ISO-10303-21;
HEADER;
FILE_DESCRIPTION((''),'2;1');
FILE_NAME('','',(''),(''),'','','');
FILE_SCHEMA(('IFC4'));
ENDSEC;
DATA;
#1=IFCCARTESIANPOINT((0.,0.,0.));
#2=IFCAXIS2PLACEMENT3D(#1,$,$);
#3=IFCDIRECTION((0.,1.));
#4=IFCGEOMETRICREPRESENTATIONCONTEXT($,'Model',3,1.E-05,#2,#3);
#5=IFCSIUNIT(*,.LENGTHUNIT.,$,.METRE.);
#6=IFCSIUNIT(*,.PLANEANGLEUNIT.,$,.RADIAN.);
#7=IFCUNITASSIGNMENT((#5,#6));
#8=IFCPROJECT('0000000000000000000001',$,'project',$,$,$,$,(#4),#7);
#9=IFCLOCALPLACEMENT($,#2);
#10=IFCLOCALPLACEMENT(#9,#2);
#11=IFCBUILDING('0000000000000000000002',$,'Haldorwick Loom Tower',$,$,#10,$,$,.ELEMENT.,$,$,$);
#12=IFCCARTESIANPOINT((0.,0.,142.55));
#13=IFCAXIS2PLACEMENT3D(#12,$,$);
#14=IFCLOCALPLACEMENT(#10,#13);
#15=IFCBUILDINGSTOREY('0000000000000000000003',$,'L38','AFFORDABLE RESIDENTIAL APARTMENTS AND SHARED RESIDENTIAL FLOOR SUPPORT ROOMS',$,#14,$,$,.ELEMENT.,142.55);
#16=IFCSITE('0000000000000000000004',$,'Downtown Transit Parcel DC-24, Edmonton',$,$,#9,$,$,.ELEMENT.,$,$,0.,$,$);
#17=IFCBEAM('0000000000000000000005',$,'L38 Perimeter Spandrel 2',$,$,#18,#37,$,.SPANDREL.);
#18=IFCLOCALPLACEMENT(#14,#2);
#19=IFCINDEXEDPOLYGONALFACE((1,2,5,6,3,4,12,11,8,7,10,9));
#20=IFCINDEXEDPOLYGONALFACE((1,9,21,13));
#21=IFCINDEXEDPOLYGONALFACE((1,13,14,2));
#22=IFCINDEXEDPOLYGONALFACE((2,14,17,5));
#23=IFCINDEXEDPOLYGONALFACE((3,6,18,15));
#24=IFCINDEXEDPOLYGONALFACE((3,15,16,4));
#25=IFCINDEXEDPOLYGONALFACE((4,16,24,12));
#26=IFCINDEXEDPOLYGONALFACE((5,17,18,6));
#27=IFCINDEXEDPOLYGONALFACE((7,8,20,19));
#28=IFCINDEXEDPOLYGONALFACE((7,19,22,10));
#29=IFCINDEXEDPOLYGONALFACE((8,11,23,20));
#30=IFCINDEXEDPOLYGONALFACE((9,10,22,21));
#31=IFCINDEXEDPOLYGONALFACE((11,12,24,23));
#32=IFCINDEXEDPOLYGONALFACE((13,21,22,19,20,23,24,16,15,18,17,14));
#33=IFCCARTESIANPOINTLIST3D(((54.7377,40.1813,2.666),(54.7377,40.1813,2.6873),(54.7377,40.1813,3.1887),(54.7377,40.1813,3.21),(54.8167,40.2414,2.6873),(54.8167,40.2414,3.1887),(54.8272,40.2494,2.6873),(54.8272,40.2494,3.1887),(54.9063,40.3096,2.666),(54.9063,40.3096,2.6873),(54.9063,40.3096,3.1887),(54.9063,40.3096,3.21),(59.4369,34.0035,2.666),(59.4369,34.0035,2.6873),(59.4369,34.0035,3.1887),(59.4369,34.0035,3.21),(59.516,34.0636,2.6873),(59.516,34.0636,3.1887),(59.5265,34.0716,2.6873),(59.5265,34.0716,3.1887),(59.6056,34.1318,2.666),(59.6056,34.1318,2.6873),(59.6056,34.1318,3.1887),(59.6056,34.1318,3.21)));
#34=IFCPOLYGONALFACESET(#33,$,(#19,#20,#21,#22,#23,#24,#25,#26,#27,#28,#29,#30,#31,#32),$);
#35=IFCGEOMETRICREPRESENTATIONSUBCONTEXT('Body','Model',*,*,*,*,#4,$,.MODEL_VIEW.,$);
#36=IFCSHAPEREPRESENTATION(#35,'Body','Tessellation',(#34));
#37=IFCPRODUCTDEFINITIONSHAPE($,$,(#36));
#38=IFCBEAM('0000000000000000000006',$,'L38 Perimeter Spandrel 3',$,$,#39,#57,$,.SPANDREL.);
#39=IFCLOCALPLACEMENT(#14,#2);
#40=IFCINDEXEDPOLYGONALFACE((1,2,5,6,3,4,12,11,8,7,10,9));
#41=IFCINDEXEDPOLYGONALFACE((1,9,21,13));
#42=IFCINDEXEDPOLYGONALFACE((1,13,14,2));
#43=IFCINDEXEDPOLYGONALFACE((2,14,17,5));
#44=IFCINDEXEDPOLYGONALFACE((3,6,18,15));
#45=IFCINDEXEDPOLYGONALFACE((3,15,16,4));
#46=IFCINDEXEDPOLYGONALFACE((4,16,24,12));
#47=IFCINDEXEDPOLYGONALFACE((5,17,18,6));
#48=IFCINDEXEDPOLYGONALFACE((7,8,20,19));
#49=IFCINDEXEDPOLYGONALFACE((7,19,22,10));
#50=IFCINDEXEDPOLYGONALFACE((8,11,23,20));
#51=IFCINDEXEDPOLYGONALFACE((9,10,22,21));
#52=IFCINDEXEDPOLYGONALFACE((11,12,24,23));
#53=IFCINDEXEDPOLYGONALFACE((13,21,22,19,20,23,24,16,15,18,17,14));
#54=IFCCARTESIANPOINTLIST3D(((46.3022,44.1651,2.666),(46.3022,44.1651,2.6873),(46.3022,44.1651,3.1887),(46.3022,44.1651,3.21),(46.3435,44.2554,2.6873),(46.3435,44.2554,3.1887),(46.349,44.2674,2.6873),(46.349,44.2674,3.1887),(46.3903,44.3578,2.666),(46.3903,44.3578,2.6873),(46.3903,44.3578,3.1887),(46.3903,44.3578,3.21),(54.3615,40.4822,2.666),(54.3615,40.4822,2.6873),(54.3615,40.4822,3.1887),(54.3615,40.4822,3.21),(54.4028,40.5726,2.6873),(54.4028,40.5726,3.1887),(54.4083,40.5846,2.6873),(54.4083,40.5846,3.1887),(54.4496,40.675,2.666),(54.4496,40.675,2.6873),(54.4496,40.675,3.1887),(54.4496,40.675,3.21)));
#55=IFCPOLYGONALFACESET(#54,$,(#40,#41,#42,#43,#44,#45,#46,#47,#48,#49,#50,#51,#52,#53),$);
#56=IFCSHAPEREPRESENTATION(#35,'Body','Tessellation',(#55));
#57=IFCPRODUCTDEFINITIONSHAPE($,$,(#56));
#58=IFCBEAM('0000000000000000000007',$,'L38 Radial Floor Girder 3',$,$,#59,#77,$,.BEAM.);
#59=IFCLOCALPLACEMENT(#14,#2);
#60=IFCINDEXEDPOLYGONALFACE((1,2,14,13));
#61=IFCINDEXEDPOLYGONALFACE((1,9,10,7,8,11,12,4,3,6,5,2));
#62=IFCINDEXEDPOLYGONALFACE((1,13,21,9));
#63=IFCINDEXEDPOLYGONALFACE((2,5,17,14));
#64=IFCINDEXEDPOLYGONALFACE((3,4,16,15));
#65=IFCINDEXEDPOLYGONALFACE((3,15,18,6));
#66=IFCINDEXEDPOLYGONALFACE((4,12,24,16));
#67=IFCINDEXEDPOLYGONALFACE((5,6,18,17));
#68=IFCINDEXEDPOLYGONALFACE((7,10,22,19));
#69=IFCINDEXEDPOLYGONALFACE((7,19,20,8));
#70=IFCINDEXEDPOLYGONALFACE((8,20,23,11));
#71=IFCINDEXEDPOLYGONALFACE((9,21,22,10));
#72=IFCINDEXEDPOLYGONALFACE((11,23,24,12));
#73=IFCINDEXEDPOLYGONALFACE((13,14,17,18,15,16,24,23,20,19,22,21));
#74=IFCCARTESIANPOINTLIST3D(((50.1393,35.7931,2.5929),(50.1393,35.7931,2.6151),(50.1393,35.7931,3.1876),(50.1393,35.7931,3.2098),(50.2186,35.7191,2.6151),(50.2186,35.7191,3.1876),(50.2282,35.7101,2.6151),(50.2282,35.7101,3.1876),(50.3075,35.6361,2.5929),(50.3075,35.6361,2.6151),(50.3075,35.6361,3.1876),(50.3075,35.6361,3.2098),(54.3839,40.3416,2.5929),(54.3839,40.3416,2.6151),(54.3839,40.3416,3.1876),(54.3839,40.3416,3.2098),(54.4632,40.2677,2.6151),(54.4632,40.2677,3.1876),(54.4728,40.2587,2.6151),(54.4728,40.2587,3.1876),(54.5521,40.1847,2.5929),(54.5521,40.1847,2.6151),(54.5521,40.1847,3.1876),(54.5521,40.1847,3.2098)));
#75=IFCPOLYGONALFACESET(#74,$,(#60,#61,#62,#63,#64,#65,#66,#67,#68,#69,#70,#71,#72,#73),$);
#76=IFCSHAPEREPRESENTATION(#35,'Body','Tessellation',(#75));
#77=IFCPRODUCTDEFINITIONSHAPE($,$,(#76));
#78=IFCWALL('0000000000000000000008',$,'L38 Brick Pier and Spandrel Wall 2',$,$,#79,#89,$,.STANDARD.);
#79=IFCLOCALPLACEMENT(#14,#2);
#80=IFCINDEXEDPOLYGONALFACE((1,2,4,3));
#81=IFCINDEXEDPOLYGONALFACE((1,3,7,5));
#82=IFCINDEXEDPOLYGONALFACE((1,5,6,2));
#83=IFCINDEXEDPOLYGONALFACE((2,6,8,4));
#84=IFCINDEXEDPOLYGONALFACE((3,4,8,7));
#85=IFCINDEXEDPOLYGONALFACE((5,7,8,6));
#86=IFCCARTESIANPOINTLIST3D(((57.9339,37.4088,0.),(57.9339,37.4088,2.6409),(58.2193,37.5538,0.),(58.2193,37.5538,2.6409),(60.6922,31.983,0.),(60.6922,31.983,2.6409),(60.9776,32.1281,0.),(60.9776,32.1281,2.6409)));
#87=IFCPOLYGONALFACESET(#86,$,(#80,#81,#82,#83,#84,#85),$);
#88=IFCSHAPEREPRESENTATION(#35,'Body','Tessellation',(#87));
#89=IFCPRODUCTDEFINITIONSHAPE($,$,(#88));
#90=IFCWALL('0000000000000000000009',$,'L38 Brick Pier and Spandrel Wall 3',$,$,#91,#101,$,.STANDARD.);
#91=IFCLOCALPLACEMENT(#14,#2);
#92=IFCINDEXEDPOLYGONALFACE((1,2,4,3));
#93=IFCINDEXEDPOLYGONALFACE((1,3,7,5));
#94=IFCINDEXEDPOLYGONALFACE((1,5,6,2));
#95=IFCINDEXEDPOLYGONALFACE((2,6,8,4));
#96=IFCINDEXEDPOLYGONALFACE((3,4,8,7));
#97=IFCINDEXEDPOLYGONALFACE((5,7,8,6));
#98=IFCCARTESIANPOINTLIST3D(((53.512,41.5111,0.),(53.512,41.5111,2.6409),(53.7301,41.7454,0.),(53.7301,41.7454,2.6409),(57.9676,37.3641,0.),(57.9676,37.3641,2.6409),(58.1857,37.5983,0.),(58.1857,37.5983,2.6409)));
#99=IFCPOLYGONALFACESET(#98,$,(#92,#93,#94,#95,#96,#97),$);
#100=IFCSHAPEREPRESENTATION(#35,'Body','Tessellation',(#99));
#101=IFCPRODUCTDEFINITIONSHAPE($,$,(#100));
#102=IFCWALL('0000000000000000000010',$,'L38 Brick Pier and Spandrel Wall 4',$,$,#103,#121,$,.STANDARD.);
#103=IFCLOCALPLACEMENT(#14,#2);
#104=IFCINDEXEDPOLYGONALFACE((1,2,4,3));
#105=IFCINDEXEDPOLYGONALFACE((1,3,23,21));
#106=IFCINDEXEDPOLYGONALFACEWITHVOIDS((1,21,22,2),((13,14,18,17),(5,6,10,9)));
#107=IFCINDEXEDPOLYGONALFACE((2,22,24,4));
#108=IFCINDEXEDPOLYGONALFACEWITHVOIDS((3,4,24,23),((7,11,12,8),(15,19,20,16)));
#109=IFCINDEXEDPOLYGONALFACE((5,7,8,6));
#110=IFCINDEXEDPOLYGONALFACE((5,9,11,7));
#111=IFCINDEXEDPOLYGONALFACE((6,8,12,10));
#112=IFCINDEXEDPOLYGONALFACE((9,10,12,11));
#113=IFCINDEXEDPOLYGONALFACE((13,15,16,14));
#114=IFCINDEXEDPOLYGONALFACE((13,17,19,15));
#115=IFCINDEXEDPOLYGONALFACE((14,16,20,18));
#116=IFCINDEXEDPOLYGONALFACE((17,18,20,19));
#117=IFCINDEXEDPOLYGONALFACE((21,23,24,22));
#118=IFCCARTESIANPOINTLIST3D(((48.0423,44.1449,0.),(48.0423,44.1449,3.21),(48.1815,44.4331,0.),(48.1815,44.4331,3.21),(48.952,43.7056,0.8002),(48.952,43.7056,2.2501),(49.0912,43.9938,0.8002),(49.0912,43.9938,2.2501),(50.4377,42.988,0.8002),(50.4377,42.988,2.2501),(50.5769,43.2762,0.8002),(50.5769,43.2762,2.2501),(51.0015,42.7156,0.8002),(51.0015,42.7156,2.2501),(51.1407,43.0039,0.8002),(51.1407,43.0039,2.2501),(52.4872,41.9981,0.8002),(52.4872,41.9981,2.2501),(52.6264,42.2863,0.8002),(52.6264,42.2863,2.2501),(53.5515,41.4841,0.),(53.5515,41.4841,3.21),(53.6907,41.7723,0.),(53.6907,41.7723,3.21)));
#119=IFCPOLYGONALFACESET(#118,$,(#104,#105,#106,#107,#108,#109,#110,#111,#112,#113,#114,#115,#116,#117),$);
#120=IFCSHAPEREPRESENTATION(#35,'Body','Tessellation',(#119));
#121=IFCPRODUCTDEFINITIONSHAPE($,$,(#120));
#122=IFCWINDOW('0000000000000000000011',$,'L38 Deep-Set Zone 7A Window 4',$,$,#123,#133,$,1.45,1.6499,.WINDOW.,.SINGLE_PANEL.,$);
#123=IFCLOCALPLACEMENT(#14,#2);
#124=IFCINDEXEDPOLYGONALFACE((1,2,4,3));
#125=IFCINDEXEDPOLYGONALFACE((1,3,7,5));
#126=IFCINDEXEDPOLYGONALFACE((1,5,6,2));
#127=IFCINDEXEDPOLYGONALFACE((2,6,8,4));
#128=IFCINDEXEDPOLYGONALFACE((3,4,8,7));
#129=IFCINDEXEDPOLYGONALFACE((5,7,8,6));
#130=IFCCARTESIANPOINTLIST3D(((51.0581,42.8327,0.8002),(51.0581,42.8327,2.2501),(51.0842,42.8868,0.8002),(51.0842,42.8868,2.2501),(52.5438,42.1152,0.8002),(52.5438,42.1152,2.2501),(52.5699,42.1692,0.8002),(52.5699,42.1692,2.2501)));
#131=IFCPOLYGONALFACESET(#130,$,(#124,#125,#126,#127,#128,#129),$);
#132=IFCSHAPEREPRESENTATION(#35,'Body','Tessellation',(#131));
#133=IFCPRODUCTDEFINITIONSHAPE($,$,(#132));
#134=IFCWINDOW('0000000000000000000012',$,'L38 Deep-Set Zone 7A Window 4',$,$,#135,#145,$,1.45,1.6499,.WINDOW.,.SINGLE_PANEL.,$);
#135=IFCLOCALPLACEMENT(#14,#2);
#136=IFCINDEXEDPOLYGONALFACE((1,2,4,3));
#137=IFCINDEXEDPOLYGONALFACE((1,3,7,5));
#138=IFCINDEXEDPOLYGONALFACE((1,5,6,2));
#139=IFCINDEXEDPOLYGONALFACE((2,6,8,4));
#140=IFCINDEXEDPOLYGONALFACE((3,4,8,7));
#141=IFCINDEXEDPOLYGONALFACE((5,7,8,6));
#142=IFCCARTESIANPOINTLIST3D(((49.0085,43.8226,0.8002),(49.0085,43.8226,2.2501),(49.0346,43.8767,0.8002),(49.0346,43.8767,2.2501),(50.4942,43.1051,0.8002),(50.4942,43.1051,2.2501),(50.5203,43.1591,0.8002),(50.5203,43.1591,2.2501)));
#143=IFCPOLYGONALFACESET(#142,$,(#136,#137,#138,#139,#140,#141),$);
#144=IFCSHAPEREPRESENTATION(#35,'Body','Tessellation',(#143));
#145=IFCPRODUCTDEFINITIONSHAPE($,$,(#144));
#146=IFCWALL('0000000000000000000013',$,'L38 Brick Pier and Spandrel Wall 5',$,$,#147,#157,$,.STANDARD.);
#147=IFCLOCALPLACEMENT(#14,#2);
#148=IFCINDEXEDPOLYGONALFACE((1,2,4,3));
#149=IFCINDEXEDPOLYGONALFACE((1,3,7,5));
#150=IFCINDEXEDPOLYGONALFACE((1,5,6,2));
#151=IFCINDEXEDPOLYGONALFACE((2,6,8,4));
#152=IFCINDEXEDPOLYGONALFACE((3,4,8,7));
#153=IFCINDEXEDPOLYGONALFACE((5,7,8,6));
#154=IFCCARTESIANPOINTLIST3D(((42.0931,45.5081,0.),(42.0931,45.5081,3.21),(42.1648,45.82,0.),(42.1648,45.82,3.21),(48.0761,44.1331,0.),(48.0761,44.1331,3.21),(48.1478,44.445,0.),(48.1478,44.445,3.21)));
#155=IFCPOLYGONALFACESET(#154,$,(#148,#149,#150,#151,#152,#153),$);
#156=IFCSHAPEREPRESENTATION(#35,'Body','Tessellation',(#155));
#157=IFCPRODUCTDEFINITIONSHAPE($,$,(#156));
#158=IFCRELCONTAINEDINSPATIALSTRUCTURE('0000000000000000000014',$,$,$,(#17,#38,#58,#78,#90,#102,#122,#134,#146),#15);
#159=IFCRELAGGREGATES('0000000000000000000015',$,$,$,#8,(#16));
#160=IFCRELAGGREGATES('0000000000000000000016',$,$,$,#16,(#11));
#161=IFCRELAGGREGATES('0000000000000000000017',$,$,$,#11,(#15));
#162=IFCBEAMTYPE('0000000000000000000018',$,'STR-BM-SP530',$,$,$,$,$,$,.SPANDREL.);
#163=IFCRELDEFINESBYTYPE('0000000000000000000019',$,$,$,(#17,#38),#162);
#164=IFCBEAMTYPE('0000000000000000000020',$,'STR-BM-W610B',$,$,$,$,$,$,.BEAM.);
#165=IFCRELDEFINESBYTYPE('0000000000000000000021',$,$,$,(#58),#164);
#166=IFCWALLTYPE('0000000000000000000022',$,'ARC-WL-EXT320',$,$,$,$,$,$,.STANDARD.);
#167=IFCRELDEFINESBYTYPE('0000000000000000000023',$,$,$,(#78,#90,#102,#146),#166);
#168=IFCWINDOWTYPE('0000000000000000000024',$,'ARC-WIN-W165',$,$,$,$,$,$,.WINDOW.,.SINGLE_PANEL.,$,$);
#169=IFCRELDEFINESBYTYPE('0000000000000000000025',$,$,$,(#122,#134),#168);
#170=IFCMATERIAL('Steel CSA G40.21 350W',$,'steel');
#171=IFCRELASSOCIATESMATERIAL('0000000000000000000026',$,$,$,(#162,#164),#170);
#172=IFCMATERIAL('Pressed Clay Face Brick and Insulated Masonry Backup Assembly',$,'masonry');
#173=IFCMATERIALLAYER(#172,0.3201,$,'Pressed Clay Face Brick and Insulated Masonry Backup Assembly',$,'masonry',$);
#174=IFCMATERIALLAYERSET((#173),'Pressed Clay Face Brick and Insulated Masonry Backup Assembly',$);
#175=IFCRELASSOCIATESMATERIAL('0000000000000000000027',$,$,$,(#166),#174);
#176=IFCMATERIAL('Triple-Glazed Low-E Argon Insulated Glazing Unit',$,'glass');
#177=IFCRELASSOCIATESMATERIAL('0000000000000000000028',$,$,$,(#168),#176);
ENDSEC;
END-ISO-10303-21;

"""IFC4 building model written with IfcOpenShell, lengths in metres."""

from ifc_helpers import new_model, si_unit, direction, frame, frame_2d, origin, origin_2d, place, context, subcontext, project, spatial, rectangle, i_section, extrude, material, layer, layer_set, material_profile, profile_set, type_object, element, fill, save


model = new_model("IFC4")

# Units and contexts
model_context = context("Model", 3, precision=1e-05, world=origin(), true_north=direction((0.0, 1.0)))
body_context = subcontext(model_context, "Body", "Model", "MODEL_VIEW")
ifc_project = project(units=[si_unit("LENGTHUNIT", "METRE"), si_unit("PLANEANGLEUNIT", "RADIAN")], contexts=[model_context])

# Site, building, storey
site_placement = place(None, origin())
site = spatial("IfcSite", under=ifc_project, at=site_placement, Name="Downtown Transit Parcel DC-24, Edmonton", CompositionType="ELEMENT", RefElevation=0.0)
building_placement = place(site_placement, origin())
building = spatial("IfcBuilding", under=site, at=building_placement, Name="Haldorwick Loom Tower", CompositionType="ELEMENT")
storey_placement = place(building_placement, frame((0.0, 0.0, 142.55)))
storey = spatial("IfcBuildingStorey", under=building, at=storey_placement, Name="L38", Description="AFFORDABLE RESIDENTIAL APARTMENTS AND SHARED RESIDENTIAL FLOOR SUPPORT ROOMS", CompositionType="ELEMENT", Elevation=142.55)

# Beams
ifc_material_1 = material(Name="Steel CSA G40.21 350W", Category="steel")
ifc_material_profile_1 = material_profile(ifc_material_1, i_section(OverallWidth=0.2119, OverallDepth=0.5439, WebThickness=0.0132, FlangeThickness=0.0212, at=origin_2d()), Name="W530X123", Category="steel")
ifc_profile_set_1 = profile_set([ifc_material_profile_1], Name="Steel CSA G40.21 350W")
beam_type_1 = type_object("IfcBeamType", Name="STR-BM-SP530", PredefinedType="SPANDREL", material=ifc_profile_set_1)
beam_1_placement = place(storey_placement, frame((59.5212, 34.0676, 2.938), z_axis=(-0.605421, 0.795905, 0.0), x_axis=(-0.795905, -0.605421, 0.0)))
element("IfcBeam", 1, at=beam_1_placement, inside=storey, type_object=beam_type_1, Name="L38 Perimeter Spandrel 2", PredefinedType="SPANDREL", context=body_context, shape_type="SweptSolid", body=[
    extrude(i_section(OverallWidth=0.2119, OverallDepth=0.5439, WebThickness=0.0132, FlangeThickness=0.0212, at=origin_2d()), origin(), (0.0, 0.0, 1.0), 7.762),
])
beam_2_placement = place(storey_placement, frame((54.4055, 40.5786, 2.938), z_axis=(-0.909534, 0.415629, 0.0), x_axis=(-0.415629, -0.909534, 0.0)))
element("IfcBeam", 2, at=beam_2_placement, inside=storey, type_object=beam_type_1, Name="L38 Perimeter Spandrel 3", PredefinedType="SPANDREL", context=body_context, shape_type="SweptSolid", body=[
    extrude(i_section(OverallWidth=0.2119, OverallDepth=0.5439, WebThickness=0.0132, FlangeThickness=0.0212, at=origin_2d()), origin(), (0.0, 0.0, 1.0), 8.8608),
])
ifc_material_profile_2 = material_profile(ifc_material_1, i_section(OverallWidth=0.23, OverallDepth=0.6169, WebThickness=0.0132, FlangeThickness=0.0222, at=origin_2d()), Name="W610X140", Category="steel")
ifc_profile_set_2 = profile_set([ifc_material_profile_2], Name="Steel CSA G40.21 350W")
beam_type_2 = type_object("IfcBeamType", Name="STR-BM-W610B", PredefinedType="BEAM", material=ifc_profile_set_2)
beam_3_placement = place(storey_placement, frame((50.2234, 35.7146, 2.9014), z_axis=(0.682257, 0.731113, 0.0), x_axis=(-0.731113, 0.682257, 0.0)))
element("IfcBeam", 3, at=beam_3_placement, inside=storey, type_object=beam_type_2, Name="L38 Radial Floor Girder 3", PredefinedType="BEAM", context=body_context, shape_type="SweptSolid", body=[
    extrude(i_section(OverallWidth=0.23, OverallDepth=0.6169, WebThickness=0.0132, FlangeThickness=0.0222, at=origin_2d()), origin(), (0.0, 0.0, 1.0), 6.2214),
])

# Walls
ifc_material_2 = material(Name="Pressed Clay Face Brick and Insulated Masonry Backup Assembly", Category="masonry")
ifc_layer_1 = layer(ifc_material_2, 0.3201, Name="Pressed Clay Face Brick and Insulated Masonry Backup Assembly", Category="masonry")
ifc_layer_set_1 = layer_set([ifc_layer_1], Name="Pressed Clay Face Brick and Insulated Masonry Backup Assembly")
wall_type_1 = type_object("IfcWallType", Name="ARC-WL-EXT320", PredefinedType="STANDARD", material=ifc_layer_set_1)
wall_1_placement = place(storey_placement, frame((60.835, 32.0554, 0.0), z_axis=(0.0, 0.0, 1.0), x_axis=(-0.453172, 0.891423, 0.0)))
element("IfcWall", 4, at=wall_1_placement, inside=storey, type_object=wall_type_1, Name="L38 Brick Pier and Spandrel Wall 2", PredefinedType="STANDARD", context=body_context, shape_type="SweptSolid", body=[
    extrude(rectangle(XDim=6.0867, YDim=0.3201, at=frame_2d((3.0435, 0.0))), origin(), (0.0, 0.0, 1.0), 2.6409),
])
wall_2_placement = place(storey_placement, frame((58.0767, 37.4812, 0.0), z_axis=(0.0, 0.0, 1.0), x_axis=(-0.732002, 0.681303, 0.0)))
element("IfcWall", 5, at=wall_2_placement, inside=storey, type_object=wall_type_1, Name="L38 Brick Pier and Spandrel Wall 3", PredefinedType="STANDARD", context=body_context, shape_type="SweptSolid", body=[
    extrude(rectangle(XDim=6.0869, YDim=0.3201, at=frame_2d((3.0435, 0.0))), origin(), (0.0, 0.0, 1.0), 2.6409),
])

# Wall, openings, windows
wall_3_placement = place(storey_placement, frame((53.6211, 41.6282, 0.0), z_axis=(0.0, 0.0, 1.0), x_axis=(-0.900472, 0.434913, 0.0)))
wall_3 = element("IfcWall", 6, at=wall_3_placement, inside=storey, type_object=wall_type_1, Name="L38 Brick Pier and Spandrel Wall 4", PredefinedType="STANDARD", context=body_context, shape_type="SweptSolid", body=[
    extrude(rectangle(XDim=6.1182, YDim=0.3201, at=frame_2d((3.0591, 0.0))), origin(), (0.0, 0.0, 1.0), 3.21),
])
opening_1_placement = place(wall_3_placement, frame((1.1819, 0.0, 0.8)))
opening_1 = element("IfcOpeningElement", 7, at=opening_1_placement, cuts=wall_3, PredefinedType="OPENING", context=body_context, shape_type="SweptSolid", body=[
    extrude(rectangle(XDim=1.6499, YDim=1.45, at=frame_2d((0.825, 0.7251))), frame((0.0, 0.1699, 0.0), z_axis=(0.0, -1.0, 0.0), x_axis=(1.0, 0.0, 0.0)), (0.0, 0.0, 1.0), 0.3401),
])
opening_2_placement = place(wall_3_placement, frame((3.458, 0.0, 0.8)))
opening_2 = element("IfcOpeningElement", 8, at=opening_2_placement, cuts=wall_3, PredefinedType="OPENING", context=body_context, shape_type="SweptSolid", body=[
    extrude(rectangle(XDim=1.6499, YDim=1.45, at=frame_2d((0.825, 0.7251))), frame((0.0, 0.1699, 0.0), z_axis=(0.0, -1.0, 0.0), x_axis=(1.0, 0.0, 0.0)), (0.0, 0.0, 1.0), 0.3401),
])
ifc_material_3 = material(Name="Triple-Glazed Low-E Argon Insulated Glazing Unit", Category="glass")
window_type = type_object("IfcWindowType", Name="ARC-WIN-W165", PartitioningType="SINGLE_PANEL", PredefinedType="WINDOW", material=ifc_material_3)
window_1_placement = place(opening_1_placement, origin())
window_1 = element("IfcWindow", 9, at=window_1_placement, inside=storey, type_object=window_type, Name="L38 Deep-Set Zone 7A Window 4", OverallHeight=1.45, OverallWidth=1.6499, PartitioningType="SINGLE_PANEL", PredefinedType="WINDOW", context=body_context, shape_type="SweptSolid", body=[
    extrude(rectangle(XDim=1.6499, YDim=1.45, at=frame_2d((0.825, 0.7251))), frame((0.0, 0.03, 0.0), z_axis=(0.0, -1.0, 0.0), x_axis=(1.0, 0.0, 0.0)), (0.0, 0.0, 1.0), 0.0601),
])
fill(opening_1, window_1)
window_2_placement = place(opening_2_placement, origin())
window_2 = element("IfcWindow", 10, at=window_2_placement, inside=storey, type_object=window_type, Name="L38 Deep-Set Zone 7A Window 4", OverallHeight=1.45, OverallWidth=1.6499, PartitioningType="SINGLE_PANEL", PredefinedType="WINDOW", context=body_context, shape_type="SweptSolid", body=[
    extrude(rectangle(XDim=1.6499, YDim=1.45, at=frame_2d((0.825, 0.7251))), frame((0.0, 0.03, 0.0), z_axis=(0.0, -1.0, 0.0), x_axis=(1.0, 0.0, 0.0)), (0.0, 0.0, 1.0), 0.0601),
])
fill(opening_2, window_2)

# Wall
wall_4_placement = place(storey_placement, frame((48.1118, 44.2891, 0.0), z_axis=(0.0, 0.0, 1.0), x_axis=(-0.974593, 0.223982, 0.0)))
element("IfcWall", 11, at=wall_4_placement, inside=storey, type_object=wall_type_1, Name="L38 Brick Pier and Spandrel Wall 5", PredefinedType="STANDARD", context=body_context, shape_type="SweptSolid", body=[
    extrude(rectangle(XDim=6.1389, YDim=0.3201, at=frame_2d((3.0693, 0.0))), origin(), (0.0, 0.0, 1.0), 3.21),
])

save(model, "model.ifc")
